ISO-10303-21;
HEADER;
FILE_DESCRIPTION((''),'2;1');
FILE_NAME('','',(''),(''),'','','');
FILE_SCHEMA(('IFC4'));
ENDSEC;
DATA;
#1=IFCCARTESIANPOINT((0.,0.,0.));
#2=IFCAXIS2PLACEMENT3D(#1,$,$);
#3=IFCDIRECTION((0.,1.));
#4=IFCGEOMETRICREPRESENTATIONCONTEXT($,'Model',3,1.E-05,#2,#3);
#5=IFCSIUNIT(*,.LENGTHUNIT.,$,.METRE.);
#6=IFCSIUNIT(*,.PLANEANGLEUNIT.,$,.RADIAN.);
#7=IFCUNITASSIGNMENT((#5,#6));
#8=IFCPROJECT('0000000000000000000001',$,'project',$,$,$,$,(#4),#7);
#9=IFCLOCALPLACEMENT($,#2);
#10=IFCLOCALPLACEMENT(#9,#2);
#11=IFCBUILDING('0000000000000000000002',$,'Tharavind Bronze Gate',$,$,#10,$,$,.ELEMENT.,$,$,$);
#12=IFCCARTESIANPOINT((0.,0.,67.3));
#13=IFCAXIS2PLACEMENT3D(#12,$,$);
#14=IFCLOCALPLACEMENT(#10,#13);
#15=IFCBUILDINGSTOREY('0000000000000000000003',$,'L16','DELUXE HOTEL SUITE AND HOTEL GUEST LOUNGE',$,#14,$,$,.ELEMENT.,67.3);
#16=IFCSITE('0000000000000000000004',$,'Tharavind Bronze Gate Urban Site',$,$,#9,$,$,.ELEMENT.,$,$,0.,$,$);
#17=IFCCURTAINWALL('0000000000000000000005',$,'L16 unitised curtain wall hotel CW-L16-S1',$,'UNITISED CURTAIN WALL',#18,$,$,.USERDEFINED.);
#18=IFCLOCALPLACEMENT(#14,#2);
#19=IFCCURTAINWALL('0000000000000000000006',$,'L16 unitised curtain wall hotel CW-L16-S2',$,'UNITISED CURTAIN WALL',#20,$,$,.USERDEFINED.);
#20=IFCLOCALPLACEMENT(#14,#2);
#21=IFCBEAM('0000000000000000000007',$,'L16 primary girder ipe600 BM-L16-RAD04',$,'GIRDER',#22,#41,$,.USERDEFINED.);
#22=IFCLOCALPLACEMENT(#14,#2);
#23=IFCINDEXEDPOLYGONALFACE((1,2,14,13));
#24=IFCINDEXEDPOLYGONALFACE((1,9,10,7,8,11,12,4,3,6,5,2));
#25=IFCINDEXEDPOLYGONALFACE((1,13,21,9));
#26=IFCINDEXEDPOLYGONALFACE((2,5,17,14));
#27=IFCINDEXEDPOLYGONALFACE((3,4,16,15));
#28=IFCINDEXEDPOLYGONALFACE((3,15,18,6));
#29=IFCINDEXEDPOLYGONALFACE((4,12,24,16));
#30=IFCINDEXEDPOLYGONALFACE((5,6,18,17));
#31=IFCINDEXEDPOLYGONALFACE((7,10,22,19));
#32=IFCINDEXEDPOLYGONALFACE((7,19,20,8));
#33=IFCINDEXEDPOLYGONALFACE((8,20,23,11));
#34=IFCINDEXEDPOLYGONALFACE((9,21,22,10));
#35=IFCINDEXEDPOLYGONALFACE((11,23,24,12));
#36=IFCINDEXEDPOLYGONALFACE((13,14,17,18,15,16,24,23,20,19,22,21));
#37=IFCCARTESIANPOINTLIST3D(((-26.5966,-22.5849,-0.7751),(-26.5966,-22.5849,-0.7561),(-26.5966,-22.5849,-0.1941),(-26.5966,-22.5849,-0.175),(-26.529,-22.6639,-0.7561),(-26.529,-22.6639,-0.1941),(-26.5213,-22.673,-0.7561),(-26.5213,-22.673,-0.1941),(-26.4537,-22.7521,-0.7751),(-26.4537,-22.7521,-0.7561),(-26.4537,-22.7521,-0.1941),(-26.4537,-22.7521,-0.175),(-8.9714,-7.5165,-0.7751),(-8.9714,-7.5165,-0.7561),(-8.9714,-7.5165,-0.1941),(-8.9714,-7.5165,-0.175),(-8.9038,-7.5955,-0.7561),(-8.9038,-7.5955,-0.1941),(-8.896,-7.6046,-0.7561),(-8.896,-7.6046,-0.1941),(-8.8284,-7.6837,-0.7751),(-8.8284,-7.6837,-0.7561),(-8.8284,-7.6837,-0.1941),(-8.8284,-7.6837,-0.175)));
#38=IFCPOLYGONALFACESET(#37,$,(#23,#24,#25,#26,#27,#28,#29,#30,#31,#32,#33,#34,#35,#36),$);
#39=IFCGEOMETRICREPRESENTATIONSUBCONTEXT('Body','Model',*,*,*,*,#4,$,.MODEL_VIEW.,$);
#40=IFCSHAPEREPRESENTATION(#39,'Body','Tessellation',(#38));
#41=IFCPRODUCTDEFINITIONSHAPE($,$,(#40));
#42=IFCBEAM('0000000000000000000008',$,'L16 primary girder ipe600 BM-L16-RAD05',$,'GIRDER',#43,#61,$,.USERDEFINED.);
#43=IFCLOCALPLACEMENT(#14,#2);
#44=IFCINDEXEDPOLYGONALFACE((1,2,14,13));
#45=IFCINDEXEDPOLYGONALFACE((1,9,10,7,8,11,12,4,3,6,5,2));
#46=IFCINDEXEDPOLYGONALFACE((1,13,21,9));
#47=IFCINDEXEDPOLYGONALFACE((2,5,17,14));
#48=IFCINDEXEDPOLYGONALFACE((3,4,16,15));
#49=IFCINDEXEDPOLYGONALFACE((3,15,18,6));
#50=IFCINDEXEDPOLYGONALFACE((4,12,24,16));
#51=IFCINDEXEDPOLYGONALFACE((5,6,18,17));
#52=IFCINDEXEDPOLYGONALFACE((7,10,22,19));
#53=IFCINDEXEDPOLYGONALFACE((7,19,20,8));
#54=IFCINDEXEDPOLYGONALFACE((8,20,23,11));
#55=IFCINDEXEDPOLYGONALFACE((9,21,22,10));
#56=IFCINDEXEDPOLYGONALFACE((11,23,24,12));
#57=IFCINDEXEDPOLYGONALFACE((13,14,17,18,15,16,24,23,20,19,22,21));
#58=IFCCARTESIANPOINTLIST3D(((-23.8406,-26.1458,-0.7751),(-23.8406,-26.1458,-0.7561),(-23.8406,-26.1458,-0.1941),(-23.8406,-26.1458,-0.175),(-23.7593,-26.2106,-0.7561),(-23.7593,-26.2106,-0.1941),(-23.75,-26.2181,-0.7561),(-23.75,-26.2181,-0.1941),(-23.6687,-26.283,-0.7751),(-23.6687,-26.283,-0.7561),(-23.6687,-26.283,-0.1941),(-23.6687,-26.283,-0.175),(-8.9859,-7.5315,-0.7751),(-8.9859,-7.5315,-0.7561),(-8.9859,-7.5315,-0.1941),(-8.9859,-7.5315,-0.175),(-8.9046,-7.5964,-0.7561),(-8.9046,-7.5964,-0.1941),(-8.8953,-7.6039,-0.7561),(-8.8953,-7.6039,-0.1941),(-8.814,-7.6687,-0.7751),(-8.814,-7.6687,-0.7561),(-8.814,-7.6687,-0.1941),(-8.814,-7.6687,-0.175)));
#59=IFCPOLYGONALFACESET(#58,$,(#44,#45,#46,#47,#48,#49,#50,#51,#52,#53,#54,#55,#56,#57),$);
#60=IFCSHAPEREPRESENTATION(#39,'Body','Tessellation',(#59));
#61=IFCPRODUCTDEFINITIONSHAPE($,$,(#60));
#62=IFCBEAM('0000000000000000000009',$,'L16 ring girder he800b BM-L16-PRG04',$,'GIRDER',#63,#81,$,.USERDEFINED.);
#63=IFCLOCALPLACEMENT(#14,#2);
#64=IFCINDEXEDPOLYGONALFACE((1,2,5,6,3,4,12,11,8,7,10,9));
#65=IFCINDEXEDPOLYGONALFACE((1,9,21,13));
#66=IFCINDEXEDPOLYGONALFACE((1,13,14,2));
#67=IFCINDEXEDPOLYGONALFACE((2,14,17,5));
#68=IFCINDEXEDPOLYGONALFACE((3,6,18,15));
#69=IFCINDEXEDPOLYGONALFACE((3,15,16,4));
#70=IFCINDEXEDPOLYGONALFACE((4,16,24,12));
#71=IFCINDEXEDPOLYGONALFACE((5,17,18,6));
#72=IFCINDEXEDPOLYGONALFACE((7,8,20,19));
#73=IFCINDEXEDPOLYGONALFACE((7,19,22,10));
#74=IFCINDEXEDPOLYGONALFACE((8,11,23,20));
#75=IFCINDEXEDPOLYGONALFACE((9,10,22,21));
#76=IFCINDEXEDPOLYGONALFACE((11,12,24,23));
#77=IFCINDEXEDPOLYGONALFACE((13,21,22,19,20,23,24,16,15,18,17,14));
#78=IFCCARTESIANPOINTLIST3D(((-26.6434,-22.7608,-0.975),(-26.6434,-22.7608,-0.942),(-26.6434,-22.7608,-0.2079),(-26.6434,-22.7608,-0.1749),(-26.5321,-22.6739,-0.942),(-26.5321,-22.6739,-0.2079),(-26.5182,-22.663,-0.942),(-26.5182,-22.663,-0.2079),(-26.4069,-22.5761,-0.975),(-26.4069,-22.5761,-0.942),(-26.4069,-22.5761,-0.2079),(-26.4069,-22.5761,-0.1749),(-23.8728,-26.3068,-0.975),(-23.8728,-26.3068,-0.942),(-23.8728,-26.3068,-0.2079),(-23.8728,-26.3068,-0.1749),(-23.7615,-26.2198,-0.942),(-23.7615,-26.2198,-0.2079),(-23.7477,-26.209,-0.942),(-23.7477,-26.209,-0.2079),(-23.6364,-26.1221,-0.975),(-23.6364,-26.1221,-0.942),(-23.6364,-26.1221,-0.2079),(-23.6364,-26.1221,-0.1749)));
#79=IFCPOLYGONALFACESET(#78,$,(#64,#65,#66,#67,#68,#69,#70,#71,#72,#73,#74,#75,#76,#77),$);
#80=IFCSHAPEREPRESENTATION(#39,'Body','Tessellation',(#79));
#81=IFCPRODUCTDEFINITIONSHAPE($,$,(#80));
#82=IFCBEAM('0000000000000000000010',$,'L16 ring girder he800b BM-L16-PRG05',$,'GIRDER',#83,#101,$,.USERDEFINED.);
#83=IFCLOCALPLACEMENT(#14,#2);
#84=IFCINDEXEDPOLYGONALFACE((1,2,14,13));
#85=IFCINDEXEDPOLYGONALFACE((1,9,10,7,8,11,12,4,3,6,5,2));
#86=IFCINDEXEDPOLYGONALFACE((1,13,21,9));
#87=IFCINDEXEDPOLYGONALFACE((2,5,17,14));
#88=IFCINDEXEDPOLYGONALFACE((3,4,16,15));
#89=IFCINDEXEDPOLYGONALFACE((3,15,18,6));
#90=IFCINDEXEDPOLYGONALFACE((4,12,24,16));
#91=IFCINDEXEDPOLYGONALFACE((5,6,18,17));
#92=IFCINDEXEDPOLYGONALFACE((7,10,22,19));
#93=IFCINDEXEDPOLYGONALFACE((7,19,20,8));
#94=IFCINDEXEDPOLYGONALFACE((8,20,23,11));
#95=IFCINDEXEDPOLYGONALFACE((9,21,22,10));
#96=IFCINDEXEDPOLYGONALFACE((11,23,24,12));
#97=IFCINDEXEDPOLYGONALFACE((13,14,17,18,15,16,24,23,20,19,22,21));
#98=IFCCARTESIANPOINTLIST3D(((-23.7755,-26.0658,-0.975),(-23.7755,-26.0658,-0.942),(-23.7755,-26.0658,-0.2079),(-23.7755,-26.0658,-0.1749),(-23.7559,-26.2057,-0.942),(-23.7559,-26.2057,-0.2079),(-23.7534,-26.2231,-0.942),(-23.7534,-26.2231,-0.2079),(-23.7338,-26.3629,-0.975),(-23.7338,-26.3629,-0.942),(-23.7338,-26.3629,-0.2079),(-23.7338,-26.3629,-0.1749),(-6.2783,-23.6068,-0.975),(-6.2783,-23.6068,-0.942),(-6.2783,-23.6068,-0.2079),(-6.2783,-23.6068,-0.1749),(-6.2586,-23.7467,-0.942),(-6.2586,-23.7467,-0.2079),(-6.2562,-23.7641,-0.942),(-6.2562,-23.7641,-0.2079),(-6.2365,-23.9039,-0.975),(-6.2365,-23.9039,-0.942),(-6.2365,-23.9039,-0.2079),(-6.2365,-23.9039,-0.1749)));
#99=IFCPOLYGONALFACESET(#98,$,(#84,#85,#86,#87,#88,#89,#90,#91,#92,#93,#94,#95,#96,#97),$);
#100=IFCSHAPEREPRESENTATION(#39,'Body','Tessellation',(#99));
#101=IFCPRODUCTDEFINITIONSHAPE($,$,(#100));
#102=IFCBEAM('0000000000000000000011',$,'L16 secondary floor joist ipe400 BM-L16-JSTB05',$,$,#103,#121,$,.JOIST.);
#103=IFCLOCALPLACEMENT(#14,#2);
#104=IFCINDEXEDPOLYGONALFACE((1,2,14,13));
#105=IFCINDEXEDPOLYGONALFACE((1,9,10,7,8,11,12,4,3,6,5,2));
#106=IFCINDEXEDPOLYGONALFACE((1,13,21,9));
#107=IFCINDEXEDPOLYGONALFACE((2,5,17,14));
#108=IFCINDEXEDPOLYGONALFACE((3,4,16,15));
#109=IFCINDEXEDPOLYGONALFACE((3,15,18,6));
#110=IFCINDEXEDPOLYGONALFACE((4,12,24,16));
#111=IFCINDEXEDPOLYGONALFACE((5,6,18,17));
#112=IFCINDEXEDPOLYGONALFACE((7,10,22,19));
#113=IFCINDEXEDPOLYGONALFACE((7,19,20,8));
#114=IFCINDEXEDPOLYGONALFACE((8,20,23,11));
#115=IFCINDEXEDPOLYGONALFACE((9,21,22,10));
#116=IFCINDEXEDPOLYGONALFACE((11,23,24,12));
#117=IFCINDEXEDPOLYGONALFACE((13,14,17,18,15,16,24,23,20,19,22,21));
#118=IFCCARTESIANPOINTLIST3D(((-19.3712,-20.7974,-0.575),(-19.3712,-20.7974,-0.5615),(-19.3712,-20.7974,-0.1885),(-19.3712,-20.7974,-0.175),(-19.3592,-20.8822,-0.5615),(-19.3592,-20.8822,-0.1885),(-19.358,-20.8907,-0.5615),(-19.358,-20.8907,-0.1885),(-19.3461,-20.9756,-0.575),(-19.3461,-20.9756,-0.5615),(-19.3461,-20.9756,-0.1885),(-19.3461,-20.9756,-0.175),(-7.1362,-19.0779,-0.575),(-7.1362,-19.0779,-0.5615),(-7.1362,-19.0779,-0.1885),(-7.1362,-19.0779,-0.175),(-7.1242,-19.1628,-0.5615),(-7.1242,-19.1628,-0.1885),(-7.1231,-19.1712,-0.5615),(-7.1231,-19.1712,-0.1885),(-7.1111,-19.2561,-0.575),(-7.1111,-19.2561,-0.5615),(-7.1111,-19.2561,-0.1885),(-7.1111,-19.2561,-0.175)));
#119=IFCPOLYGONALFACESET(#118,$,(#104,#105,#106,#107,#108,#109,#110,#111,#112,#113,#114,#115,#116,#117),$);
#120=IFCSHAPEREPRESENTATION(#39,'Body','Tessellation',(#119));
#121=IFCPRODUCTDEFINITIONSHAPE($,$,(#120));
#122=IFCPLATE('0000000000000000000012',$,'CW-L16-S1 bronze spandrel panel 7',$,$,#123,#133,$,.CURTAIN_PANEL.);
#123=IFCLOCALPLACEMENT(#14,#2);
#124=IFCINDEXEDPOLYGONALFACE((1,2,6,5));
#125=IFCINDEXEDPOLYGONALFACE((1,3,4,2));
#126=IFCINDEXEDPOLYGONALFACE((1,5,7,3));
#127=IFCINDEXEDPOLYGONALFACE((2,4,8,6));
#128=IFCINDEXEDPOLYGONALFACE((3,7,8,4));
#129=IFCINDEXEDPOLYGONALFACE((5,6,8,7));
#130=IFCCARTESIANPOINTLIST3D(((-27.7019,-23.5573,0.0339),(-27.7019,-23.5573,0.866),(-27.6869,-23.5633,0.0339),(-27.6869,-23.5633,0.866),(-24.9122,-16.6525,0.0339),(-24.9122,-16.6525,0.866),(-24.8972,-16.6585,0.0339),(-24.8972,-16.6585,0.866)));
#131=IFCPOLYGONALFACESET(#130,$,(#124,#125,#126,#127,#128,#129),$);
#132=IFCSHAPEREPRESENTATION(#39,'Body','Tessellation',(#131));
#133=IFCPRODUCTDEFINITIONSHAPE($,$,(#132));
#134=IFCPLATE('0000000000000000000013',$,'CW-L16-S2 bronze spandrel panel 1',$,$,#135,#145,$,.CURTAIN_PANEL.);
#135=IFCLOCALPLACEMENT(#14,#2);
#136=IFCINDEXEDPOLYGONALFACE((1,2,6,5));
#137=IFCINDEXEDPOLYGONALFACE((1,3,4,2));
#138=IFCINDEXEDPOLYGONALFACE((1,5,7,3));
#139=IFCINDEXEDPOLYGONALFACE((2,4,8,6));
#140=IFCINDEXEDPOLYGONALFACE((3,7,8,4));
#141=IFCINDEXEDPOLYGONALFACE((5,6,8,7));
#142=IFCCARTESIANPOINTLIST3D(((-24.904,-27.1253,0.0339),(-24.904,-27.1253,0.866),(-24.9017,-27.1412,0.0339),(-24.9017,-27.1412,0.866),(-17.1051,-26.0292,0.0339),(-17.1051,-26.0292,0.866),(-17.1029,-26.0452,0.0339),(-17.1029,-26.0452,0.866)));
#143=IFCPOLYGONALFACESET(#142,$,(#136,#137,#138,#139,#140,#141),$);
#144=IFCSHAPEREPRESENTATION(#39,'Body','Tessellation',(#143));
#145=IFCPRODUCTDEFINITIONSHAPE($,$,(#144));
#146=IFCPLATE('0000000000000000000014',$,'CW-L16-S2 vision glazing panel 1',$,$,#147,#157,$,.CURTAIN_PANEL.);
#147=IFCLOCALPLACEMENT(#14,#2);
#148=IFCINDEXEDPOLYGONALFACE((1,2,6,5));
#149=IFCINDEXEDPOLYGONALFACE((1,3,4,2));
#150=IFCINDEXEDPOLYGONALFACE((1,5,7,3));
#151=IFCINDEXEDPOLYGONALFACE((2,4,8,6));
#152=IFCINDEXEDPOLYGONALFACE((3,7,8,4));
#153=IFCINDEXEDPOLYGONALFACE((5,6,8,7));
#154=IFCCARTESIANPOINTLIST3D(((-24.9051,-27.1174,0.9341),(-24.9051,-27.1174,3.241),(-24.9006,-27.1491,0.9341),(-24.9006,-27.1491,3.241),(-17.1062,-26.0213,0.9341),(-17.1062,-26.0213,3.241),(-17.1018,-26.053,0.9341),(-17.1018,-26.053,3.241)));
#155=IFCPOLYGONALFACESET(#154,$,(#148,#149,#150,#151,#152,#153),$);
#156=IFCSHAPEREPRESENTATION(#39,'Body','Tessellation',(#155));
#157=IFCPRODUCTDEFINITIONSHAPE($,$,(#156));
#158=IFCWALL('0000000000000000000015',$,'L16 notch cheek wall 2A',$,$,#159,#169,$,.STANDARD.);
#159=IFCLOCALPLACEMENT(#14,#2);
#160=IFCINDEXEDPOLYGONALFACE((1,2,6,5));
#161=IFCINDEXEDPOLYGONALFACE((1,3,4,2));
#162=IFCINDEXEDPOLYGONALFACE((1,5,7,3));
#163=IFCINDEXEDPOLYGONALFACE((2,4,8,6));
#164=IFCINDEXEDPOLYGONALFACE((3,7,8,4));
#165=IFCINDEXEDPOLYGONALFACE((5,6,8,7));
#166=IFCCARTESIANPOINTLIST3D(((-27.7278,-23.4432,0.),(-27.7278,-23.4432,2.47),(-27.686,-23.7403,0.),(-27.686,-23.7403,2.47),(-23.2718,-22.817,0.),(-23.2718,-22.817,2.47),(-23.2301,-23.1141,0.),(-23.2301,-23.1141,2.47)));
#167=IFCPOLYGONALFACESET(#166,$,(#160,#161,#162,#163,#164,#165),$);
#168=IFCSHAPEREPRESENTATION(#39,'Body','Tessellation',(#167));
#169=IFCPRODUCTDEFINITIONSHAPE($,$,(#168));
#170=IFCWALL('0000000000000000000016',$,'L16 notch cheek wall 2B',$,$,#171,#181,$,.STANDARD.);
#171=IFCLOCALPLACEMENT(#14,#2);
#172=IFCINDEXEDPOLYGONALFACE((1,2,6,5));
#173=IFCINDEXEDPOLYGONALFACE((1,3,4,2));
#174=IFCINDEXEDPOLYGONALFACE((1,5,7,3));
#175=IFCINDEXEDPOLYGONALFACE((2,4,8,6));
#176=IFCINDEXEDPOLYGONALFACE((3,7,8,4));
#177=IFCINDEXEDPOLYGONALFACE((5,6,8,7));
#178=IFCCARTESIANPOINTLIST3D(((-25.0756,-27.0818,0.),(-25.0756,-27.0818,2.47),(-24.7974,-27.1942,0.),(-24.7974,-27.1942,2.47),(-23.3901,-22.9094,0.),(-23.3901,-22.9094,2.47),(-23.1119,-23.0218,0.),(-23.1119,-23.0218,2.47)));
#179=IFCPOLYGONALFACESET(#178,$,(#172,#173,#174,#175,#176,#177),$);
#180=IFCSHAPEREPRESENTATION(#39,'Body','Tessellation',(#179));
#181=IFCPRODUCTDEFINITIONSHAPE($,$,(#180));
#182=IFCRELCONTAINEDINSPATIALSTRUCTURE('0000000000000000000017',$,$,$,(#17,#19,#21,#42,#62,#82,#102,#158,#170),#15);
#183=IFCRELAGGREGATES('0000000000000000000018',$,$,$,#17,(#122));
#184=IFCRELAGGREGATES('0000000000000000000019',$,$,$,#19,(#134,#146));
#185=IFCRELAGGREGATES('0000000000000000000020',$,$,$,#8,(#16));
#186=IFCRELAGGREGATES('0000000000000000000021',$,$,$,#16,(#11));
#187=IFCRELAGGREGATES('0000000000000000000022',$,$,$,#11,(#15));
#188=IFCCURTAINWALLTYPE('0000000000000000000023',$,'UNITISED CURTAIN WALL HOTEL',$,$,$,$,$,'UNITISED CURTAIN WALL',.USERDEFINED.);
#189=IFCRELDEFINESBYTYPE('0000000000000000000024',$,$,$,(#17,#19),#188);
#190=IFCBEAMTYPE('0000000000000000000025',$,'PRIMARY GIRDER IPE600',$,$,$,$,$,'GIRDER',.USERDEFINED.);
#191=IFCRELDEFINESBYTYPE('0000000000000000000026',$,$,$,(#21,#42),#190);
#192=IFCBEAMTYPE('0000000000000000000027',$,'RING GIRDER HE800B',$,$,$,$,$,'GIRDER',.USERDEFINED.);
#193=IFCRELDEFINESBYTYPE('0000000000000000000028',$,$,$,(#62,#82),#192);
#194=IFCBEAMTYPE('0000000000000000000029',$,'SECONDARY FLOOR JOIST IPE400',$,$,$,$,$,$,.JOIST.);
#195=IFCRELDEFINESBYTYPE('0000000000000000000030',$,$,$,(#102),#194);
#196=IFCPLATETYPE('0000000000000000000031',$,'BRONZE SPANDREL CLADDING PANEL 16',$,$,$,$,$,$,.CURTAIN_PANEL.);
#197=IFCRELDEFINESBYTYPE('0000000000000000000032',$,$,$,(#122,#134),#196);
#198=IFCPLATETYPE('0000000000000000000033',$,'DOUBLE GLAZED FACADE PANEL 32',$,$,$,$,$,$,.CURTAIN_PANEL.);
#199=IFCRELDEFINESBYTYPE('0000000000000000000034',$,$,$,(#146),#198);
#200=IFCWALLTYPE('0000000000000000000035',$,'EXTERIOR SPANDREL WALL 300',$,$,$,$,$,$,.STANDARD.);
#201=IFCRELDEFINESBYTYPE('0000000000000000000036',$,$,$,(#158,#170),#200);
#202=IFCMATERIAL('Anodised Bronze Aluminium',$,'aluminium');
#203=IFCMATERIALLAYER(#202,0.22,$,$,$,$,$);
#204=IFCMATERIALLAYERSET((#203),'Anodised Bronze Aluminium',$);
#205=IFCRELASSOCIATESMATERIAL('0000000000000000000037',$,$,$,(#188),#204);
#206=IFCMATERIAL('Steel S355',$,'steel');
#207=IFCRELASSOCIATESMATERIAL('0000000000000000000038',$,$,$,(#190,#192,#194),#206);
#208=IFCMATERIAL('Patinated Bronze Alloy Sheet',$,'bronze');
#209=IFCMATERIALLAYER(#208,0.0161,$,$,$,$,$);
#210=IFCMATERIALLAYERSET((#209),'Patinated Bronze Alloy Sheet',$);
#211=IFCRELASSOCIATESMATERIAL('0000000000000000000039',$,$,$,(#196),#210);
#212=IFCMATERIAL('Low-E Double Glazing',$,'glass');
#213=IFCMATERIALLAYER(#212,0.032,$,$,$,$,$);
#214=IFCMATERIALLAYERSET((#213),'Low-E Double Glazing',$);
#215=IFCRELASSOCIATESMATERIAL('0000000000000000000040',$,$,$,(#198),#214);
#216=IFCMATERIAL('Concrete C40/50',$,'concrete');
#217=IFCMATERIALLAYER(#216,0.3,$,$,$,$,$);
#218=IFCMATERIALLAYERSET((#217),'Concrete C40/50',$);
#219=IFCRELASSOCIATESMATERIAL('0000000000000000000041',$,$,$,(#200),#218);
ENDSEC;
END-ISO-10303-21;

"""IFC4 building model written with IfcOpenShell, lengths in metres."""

from ifc_helpers import new_model, si_unit, direction, frame, frame_2d, origin, origin_2d, place, context, subcontext, project, spatial, rectangle, i_section, extrude, material, layer, layer_set, material_profile, profile_set, type_object, element, aggregate, save


model = new_model("IFC4")

# Units and contexts
model_context = context("Model", 3, precision=1e-05, world=origin(), true_north=direction((0.0, 1.0)))
body_context = subcontext(model_context, "Body", "Model", "MODEL_VIEW")
ifc_project = project(units=[si_unit("LENGTHUNIT", "METRE"), si_unit("PLANEANGLEUNIT", "RADIAN")], contexts=[model_context])

# Site, building, storey
site_placement = place(None, origin())
site = spatial("IfcSite", under=ifc_project, at=site_placement, Name="Tharavind Bronze Gate Urban Site", CompositionType="ELEMENT", RefElevation=0.0)
building_placement = place(site_placement, origin())
building = spatial("IfcBuilding", under=site, at=building_placement, Name="Tharavind Bronze Gate", CompositionType="ELEMENT")
storey_placement = place(building_placement, frame((0.0, 0.0, 67.3)))
storey = spatial("IfcBuildingStorey", under=building, at=storey_placement, Name="L16", Description="DELUXE HOTEL SUITE AND HOTEL GUEST LOUNGE", CompositionType="ELEMENT", Elevation=67.3)

# Curtain wall
ifc_material_1 = material(Name="Anodised Bronze Aluminium", Category="aluminium")
ifc_layer_1 = layer(ifc_material_1, 0.22)
ifc_layer_set_1 = layer_set([ifc_layer_1], Name="Anodised Bronze Aluminium")
curtain_wall_type = type_object("IfcCurtainWallType", Name="UNITISED CURTAIN WALL HOTEL", ElementType="UNITISED CURTAIN WALL", PredefinedType="USERDEFINED", material=ifc_layer_set_1)
curtain_wall_1_placement = place(storey_placement, origin())
curtain_wall_1 = element("IfcCurtainWall", 1, at=curtain_wall_1_placement, inside=storey, type_object=curtain_wall_type, Name="L16 unitised curtain wall hotel CW-L16-S1", ObjectType="UNITISED CURTAIN WALL", PredefinedType="USERDEFINED")

# Curtain wall
curtain_wall_2_placement = place(storey_placement, origin())
curtain_wall_2 = element("IfcCurtainWall", 2, at=curtain_wall_2_placement, inside=storey, type_object=curtain_wall_type, Name="L16 unitised curtain wall hotel CW-L16-S2", ObjectType="UNITISED CURTAIN WALL", PredefinedType="USERDEFINED")

# Beams
ifc_material_2 = material(Name="Steel S355", Category="steel")
ifc_material_profile_1 = material_profile(ifc_material_2, i_section(OverallWidth=0.22, OverallDepth=0.6001, WebThickness=0.012, FlangeThickness=0.019, at=origin_2d()), Name="IPE600")
ifc_profile_set_1 = profile_set([ifc_material_profile_1], Name="Steel S355")
beam_type_1 = type_object("IfcBeamType", Name="PRIMARY GIRDER IPE600", ElementType="GIRDER", PredefinedType="USERDEFINED", material=ifc_profile_set_1)
beam_1_placement = place(storey_placement, frame((-26.5251, -22.6685, -0.4751), z_axis=(0.760087, 0.649821, 0.0), x_axis=(-0.649821, 0.760087, 0.0)))
element("IfcBeam", 3, at=beam_1_placement, inside=storey, type_object=beam_type_1, Name="L16 primary girder ipe600 BM-L16-RAD04", ObjectType="GIRDER", PredefinedType="USERDEFINED", context=body_context, shape_type="SweptSolid", body=[
    extrude(i_section(OverallWidth=0.22, OverallDepth=0.6001, WebThickness=0.012, FlangeThickness=0.019, at=origin_2d()), origin(), (0.0, 0.0, 1.0), 23.1885),
])
beam_2_placement = place(storey_placement, frame((-23.7546, -26.2144, -0.4751), z_axis=(0.623756, 0.781619, 0.0), x_axis=(-0.781619, 0.623756, 0.0)))
element("IfcBeam", 4, at=beam_2_placement, inside=storey, type_object=beam_type_1, Name="L16 primary girder ipe600 BM-L16-RAD05", ObjectType="GIRDER", PredefinedType="USERDEFINED", context=body_context, shape_type="SweptSolid", body=[
    extrude(i_section(OverallWidth=0.22, OverallDepth=0.6001, WebThickness=0.012, FlangeThickness=0.019, at=origin_2d()), origin(), (0.0, 0.0, 1.0), 23.8149),
])
ifc_material_profile_2 = material_profile(ifc_material_2, i_section(OverallWidth=0.3, OverallDepth=0.8, WebThickness=0.0176, FlangeThickness=0.033, at=origin_2d()), Name="HE800B")
ifc_profile_set_2 = profile_set([ifc_material_profile_2], Name="Steel S355")
beam_type_2 = type_object("IfcBeamType", Name="RING GIRDER HE800B", ElementType="GIRDER", PredefinedType="USERDEFINED", material=ifc_profile_set_2)
beam_3_placement = place(storey_placement, frame((-26.5251, -22.6685, -0.575), z_axis=(0.615682, -0.787995, 0.0), x_axis=(0.787995, 0.615682, 0.0)))
element("IfcBeam", 5, at=beam_3_placement, inside=storey, type_object=beam_type_2, Name="L16 ring girder he800b BM-L16-PRG04", ObjectType="GIRDER", PredefinedType="USERDEFINED", context=body_context, shape_type="SweptSolid", body=[
    extrude(i_section(OverallWidth=0.3, OverallDepth=0.8, WebThickness=0.0176, FlangeThickness=0.033, at=origin_2d()), origin(), (0.0, 0.0, 1.0), 4.5),
])
beam_4_placement = place(storey_placement, frame((-23.7546, -26.2144, -0.575), z_axis=(0.990269, 0.139167, 0.0), x_axis=(-0.139167, 0.990269, 0.0)))
element("IfcBeam", 6, at=beam_4_placement, inside=storey, type_object=beam_type_2, Name="L16 ring girder he800b BM-L16-PRG05", ObjectType="GIRDER", PredefinedType="USERDEFINED", context=body_context, shape_type="SweptSolid", body=[
    extrude(i_section(OverallWidth=0.3, OverallDepth=0.8, WebThickness=0.0176, FlangeThickness=0.033, at=origin_2d()), origin(), (0.0, 0.0, 1.0), 17.6692),
])
ifc_material_profile_3 = material_profile(ifc_material_2, i_section(OverallWidth=0.1799, OverallDepth=0.3999, WebThickness=0.0085, FlangeThickness=0.0134, at=origin_2d()), Name="IPE400")
ifc_profile_set_3 = profile_set([ifc_material_profile_3], Name="Steel S355")
beam_type_3 = type_object("IfcBeamType", Name="SECONDARY FLOOR JOIST IPE400", PredefinedType="JOIST", material=ifc_profile_set_3)
beam_5_placement = place(storey_placement, frame((-19.3586, -20.8865, -0.375), z_axis=(0.990269, 0.139169, 0.0), x_axis=(-0.139169, 0.990269, 0.0)))
element("IfcBeam", 7, at=beam_5_placement, inside=storey, type_object=beam_type_3, Name="L16 secondary floor joist ipe400 BM-L16-JSTB05", PredefinedType="JOIST", context=body_context, shape_type="SweptSolid", body=[
    extrude(i_section(OverallWidth=0.1799, OverallDepth=0.3999, WebThickness=0.0085, FlangeThickness=0.0134, at=origin_2d()), origin(), (0.0, 0.0, 1.0), 12.3552),
])

# Plates
ifc_material_3 = material(Name="Patinated Bronze Alloy Sheet", Category="bronze")
ifc_layer_2 = layer(ifc_material_3, 0.0161)
ifc_layer_set_2 = layer_set([ifc_layer_2], Name="Patinated Bronze Alloy Sheet")
plate_type_1 = type_object("IfcPlateType", Name="BRONZE SPANDREL CLADDING PANEL 16", PredefinedType="CURTAIN_PANEL", material=ifc_layer_set_2)
plate_1_placement = place(storey_placement, frame((-26.2996, -20.1079, 0.0339), z_axis=(0.0, 0.0, 1.0), x_axis=(-0.374607, -0.927184, 0.0)))
plate_1 = element("IfcPlate", 8, at=plate_1_placement, type_object=plate_type_1, Name="CW-L16-S1 bronze spandrel panel 7", PredefinedType="CURTAIN_PANEL", context=body_context, shape_type="SweptSolid", body=[
    extrude(rectangle(XDim=7.447, YDim=0.0161, at=origin_2d()), origin(), (0.0, 0.0, 1.0), 0.832),
])
aggregate(curtain_wall_1, [plate_1])
plate_2_placement = place(storey_placement, frame((-21.0034, -26.5852, 0.0339), z_axis=(0.0, 0.0, 1.0), x_axis=(0.990268, 0.139173, 0.0)))
plate_2 = element("IfcPlate", 9, at=plate_2_placement, type_object=plate_type_1, Name="CW-L16-S2 bronze spandrel panel 1", PredefinedType="CURTAIN_PANEL", context=body_context, shape_type="SweptSolid", body=[
    extrude(rectangle(XDim=7.8755, YDim=0.0161, at=origin_2d()), origin(), (0.0, 0.0, 1.0), 0.832),
])
ifc_material_4 = material(Name="Low-E Double Glazing", Category="glass")
ifc_layer_3 = layer(ifc_material_4, 0.032)
ifc_layer_set_3 = layer_set([ifc_layer_3], Name="Low-E Double Glazing")
plate_type_2 = type_object("IfcPlateType", Name="DOUBLE GLAZED FACADE PANEL 32", PredefinedType="CURTAIN_PANEL", material=ifc_layer_set_3)
plate_3_placement = place(storey_placement, frame((-21.0034, -26.5852, 0.9341), z_axis=(0.0, 0.0, 1.0), x_axis=(0.990268, 0.139173, 0.0)))
plate_3 = element("IfcPlate", 10, at=plate_3_placement, type_object=plate_type_2, Name="CW-L16-S2 vision glazing panel 1", PredefinedType="CURTAIN_PANEL", context=body_context, shape_type="SweptSolid", body=[
    extrude(rectangle(XDim=7.8755, YDim=0.032, at=origin_2d()), origin(), (0.0, 0.0, 1.0), 2.3069),
])
aggregate(curtain_wall_2, [plate_2, plate_3])

# Walls
ifc_material_5 = material(Name="Concrete C40/50", Category="concrete")
ifc_layer_4 = layer(ifc_material_5, 0.3)
ifc_layer_set_4 = layer_set([ifc_layer_4], Name="Concrete C40/50")
wall_type = type_object("IfcWallType", Name="EXTERIOR SPANDREL WALL 300", PredefinedType="STANDARD", material=ifc_layer_set_4)
wall_1_placement = place(storey_placement, frame((-27.707, -23.5918, 0.0), z_axis=(0.0, 0.0, 1.0), x_axis=(0.990269, 0.139165, 0.0)))
element("IfcWall", 11, at=wall_1_placement, inside=storey, type_object=wall_type, Name="L16 notch cheek wall 2A", PredefinedType="STANDARD", context=body_context, shape_type="SweptSolid", body=[
    extrude(rectangle(XDim=4.4998, YDim=0.3, at=frame_2d((2.25, 0.0))), origin(), (0.0, 0.0, 1.0), 2.47),
])
wall_2_placement = place(storey_placement, frame((-23.251, -22.9656, 0.0), z_axis=(0.0, 0.0, 1.0), x_axis=(-0.374569, -0.927199, 0.0)))
element("IfcWall", 12, at=wall_2_placement, inside=storey, type_object=wall_type, Name="L16 notch cheek wall 2B", PredefinedType="STANDARD", context=body_context, shape_type="SweptSolid", body=[
    extrude(rectangle(XDim=4.5, YDim=0.3, at=frame_2d((2.25, 0.0))), origin(), (0.0, 0.0, 1.0), 2.47),
])

save(model, "model.ifc")
